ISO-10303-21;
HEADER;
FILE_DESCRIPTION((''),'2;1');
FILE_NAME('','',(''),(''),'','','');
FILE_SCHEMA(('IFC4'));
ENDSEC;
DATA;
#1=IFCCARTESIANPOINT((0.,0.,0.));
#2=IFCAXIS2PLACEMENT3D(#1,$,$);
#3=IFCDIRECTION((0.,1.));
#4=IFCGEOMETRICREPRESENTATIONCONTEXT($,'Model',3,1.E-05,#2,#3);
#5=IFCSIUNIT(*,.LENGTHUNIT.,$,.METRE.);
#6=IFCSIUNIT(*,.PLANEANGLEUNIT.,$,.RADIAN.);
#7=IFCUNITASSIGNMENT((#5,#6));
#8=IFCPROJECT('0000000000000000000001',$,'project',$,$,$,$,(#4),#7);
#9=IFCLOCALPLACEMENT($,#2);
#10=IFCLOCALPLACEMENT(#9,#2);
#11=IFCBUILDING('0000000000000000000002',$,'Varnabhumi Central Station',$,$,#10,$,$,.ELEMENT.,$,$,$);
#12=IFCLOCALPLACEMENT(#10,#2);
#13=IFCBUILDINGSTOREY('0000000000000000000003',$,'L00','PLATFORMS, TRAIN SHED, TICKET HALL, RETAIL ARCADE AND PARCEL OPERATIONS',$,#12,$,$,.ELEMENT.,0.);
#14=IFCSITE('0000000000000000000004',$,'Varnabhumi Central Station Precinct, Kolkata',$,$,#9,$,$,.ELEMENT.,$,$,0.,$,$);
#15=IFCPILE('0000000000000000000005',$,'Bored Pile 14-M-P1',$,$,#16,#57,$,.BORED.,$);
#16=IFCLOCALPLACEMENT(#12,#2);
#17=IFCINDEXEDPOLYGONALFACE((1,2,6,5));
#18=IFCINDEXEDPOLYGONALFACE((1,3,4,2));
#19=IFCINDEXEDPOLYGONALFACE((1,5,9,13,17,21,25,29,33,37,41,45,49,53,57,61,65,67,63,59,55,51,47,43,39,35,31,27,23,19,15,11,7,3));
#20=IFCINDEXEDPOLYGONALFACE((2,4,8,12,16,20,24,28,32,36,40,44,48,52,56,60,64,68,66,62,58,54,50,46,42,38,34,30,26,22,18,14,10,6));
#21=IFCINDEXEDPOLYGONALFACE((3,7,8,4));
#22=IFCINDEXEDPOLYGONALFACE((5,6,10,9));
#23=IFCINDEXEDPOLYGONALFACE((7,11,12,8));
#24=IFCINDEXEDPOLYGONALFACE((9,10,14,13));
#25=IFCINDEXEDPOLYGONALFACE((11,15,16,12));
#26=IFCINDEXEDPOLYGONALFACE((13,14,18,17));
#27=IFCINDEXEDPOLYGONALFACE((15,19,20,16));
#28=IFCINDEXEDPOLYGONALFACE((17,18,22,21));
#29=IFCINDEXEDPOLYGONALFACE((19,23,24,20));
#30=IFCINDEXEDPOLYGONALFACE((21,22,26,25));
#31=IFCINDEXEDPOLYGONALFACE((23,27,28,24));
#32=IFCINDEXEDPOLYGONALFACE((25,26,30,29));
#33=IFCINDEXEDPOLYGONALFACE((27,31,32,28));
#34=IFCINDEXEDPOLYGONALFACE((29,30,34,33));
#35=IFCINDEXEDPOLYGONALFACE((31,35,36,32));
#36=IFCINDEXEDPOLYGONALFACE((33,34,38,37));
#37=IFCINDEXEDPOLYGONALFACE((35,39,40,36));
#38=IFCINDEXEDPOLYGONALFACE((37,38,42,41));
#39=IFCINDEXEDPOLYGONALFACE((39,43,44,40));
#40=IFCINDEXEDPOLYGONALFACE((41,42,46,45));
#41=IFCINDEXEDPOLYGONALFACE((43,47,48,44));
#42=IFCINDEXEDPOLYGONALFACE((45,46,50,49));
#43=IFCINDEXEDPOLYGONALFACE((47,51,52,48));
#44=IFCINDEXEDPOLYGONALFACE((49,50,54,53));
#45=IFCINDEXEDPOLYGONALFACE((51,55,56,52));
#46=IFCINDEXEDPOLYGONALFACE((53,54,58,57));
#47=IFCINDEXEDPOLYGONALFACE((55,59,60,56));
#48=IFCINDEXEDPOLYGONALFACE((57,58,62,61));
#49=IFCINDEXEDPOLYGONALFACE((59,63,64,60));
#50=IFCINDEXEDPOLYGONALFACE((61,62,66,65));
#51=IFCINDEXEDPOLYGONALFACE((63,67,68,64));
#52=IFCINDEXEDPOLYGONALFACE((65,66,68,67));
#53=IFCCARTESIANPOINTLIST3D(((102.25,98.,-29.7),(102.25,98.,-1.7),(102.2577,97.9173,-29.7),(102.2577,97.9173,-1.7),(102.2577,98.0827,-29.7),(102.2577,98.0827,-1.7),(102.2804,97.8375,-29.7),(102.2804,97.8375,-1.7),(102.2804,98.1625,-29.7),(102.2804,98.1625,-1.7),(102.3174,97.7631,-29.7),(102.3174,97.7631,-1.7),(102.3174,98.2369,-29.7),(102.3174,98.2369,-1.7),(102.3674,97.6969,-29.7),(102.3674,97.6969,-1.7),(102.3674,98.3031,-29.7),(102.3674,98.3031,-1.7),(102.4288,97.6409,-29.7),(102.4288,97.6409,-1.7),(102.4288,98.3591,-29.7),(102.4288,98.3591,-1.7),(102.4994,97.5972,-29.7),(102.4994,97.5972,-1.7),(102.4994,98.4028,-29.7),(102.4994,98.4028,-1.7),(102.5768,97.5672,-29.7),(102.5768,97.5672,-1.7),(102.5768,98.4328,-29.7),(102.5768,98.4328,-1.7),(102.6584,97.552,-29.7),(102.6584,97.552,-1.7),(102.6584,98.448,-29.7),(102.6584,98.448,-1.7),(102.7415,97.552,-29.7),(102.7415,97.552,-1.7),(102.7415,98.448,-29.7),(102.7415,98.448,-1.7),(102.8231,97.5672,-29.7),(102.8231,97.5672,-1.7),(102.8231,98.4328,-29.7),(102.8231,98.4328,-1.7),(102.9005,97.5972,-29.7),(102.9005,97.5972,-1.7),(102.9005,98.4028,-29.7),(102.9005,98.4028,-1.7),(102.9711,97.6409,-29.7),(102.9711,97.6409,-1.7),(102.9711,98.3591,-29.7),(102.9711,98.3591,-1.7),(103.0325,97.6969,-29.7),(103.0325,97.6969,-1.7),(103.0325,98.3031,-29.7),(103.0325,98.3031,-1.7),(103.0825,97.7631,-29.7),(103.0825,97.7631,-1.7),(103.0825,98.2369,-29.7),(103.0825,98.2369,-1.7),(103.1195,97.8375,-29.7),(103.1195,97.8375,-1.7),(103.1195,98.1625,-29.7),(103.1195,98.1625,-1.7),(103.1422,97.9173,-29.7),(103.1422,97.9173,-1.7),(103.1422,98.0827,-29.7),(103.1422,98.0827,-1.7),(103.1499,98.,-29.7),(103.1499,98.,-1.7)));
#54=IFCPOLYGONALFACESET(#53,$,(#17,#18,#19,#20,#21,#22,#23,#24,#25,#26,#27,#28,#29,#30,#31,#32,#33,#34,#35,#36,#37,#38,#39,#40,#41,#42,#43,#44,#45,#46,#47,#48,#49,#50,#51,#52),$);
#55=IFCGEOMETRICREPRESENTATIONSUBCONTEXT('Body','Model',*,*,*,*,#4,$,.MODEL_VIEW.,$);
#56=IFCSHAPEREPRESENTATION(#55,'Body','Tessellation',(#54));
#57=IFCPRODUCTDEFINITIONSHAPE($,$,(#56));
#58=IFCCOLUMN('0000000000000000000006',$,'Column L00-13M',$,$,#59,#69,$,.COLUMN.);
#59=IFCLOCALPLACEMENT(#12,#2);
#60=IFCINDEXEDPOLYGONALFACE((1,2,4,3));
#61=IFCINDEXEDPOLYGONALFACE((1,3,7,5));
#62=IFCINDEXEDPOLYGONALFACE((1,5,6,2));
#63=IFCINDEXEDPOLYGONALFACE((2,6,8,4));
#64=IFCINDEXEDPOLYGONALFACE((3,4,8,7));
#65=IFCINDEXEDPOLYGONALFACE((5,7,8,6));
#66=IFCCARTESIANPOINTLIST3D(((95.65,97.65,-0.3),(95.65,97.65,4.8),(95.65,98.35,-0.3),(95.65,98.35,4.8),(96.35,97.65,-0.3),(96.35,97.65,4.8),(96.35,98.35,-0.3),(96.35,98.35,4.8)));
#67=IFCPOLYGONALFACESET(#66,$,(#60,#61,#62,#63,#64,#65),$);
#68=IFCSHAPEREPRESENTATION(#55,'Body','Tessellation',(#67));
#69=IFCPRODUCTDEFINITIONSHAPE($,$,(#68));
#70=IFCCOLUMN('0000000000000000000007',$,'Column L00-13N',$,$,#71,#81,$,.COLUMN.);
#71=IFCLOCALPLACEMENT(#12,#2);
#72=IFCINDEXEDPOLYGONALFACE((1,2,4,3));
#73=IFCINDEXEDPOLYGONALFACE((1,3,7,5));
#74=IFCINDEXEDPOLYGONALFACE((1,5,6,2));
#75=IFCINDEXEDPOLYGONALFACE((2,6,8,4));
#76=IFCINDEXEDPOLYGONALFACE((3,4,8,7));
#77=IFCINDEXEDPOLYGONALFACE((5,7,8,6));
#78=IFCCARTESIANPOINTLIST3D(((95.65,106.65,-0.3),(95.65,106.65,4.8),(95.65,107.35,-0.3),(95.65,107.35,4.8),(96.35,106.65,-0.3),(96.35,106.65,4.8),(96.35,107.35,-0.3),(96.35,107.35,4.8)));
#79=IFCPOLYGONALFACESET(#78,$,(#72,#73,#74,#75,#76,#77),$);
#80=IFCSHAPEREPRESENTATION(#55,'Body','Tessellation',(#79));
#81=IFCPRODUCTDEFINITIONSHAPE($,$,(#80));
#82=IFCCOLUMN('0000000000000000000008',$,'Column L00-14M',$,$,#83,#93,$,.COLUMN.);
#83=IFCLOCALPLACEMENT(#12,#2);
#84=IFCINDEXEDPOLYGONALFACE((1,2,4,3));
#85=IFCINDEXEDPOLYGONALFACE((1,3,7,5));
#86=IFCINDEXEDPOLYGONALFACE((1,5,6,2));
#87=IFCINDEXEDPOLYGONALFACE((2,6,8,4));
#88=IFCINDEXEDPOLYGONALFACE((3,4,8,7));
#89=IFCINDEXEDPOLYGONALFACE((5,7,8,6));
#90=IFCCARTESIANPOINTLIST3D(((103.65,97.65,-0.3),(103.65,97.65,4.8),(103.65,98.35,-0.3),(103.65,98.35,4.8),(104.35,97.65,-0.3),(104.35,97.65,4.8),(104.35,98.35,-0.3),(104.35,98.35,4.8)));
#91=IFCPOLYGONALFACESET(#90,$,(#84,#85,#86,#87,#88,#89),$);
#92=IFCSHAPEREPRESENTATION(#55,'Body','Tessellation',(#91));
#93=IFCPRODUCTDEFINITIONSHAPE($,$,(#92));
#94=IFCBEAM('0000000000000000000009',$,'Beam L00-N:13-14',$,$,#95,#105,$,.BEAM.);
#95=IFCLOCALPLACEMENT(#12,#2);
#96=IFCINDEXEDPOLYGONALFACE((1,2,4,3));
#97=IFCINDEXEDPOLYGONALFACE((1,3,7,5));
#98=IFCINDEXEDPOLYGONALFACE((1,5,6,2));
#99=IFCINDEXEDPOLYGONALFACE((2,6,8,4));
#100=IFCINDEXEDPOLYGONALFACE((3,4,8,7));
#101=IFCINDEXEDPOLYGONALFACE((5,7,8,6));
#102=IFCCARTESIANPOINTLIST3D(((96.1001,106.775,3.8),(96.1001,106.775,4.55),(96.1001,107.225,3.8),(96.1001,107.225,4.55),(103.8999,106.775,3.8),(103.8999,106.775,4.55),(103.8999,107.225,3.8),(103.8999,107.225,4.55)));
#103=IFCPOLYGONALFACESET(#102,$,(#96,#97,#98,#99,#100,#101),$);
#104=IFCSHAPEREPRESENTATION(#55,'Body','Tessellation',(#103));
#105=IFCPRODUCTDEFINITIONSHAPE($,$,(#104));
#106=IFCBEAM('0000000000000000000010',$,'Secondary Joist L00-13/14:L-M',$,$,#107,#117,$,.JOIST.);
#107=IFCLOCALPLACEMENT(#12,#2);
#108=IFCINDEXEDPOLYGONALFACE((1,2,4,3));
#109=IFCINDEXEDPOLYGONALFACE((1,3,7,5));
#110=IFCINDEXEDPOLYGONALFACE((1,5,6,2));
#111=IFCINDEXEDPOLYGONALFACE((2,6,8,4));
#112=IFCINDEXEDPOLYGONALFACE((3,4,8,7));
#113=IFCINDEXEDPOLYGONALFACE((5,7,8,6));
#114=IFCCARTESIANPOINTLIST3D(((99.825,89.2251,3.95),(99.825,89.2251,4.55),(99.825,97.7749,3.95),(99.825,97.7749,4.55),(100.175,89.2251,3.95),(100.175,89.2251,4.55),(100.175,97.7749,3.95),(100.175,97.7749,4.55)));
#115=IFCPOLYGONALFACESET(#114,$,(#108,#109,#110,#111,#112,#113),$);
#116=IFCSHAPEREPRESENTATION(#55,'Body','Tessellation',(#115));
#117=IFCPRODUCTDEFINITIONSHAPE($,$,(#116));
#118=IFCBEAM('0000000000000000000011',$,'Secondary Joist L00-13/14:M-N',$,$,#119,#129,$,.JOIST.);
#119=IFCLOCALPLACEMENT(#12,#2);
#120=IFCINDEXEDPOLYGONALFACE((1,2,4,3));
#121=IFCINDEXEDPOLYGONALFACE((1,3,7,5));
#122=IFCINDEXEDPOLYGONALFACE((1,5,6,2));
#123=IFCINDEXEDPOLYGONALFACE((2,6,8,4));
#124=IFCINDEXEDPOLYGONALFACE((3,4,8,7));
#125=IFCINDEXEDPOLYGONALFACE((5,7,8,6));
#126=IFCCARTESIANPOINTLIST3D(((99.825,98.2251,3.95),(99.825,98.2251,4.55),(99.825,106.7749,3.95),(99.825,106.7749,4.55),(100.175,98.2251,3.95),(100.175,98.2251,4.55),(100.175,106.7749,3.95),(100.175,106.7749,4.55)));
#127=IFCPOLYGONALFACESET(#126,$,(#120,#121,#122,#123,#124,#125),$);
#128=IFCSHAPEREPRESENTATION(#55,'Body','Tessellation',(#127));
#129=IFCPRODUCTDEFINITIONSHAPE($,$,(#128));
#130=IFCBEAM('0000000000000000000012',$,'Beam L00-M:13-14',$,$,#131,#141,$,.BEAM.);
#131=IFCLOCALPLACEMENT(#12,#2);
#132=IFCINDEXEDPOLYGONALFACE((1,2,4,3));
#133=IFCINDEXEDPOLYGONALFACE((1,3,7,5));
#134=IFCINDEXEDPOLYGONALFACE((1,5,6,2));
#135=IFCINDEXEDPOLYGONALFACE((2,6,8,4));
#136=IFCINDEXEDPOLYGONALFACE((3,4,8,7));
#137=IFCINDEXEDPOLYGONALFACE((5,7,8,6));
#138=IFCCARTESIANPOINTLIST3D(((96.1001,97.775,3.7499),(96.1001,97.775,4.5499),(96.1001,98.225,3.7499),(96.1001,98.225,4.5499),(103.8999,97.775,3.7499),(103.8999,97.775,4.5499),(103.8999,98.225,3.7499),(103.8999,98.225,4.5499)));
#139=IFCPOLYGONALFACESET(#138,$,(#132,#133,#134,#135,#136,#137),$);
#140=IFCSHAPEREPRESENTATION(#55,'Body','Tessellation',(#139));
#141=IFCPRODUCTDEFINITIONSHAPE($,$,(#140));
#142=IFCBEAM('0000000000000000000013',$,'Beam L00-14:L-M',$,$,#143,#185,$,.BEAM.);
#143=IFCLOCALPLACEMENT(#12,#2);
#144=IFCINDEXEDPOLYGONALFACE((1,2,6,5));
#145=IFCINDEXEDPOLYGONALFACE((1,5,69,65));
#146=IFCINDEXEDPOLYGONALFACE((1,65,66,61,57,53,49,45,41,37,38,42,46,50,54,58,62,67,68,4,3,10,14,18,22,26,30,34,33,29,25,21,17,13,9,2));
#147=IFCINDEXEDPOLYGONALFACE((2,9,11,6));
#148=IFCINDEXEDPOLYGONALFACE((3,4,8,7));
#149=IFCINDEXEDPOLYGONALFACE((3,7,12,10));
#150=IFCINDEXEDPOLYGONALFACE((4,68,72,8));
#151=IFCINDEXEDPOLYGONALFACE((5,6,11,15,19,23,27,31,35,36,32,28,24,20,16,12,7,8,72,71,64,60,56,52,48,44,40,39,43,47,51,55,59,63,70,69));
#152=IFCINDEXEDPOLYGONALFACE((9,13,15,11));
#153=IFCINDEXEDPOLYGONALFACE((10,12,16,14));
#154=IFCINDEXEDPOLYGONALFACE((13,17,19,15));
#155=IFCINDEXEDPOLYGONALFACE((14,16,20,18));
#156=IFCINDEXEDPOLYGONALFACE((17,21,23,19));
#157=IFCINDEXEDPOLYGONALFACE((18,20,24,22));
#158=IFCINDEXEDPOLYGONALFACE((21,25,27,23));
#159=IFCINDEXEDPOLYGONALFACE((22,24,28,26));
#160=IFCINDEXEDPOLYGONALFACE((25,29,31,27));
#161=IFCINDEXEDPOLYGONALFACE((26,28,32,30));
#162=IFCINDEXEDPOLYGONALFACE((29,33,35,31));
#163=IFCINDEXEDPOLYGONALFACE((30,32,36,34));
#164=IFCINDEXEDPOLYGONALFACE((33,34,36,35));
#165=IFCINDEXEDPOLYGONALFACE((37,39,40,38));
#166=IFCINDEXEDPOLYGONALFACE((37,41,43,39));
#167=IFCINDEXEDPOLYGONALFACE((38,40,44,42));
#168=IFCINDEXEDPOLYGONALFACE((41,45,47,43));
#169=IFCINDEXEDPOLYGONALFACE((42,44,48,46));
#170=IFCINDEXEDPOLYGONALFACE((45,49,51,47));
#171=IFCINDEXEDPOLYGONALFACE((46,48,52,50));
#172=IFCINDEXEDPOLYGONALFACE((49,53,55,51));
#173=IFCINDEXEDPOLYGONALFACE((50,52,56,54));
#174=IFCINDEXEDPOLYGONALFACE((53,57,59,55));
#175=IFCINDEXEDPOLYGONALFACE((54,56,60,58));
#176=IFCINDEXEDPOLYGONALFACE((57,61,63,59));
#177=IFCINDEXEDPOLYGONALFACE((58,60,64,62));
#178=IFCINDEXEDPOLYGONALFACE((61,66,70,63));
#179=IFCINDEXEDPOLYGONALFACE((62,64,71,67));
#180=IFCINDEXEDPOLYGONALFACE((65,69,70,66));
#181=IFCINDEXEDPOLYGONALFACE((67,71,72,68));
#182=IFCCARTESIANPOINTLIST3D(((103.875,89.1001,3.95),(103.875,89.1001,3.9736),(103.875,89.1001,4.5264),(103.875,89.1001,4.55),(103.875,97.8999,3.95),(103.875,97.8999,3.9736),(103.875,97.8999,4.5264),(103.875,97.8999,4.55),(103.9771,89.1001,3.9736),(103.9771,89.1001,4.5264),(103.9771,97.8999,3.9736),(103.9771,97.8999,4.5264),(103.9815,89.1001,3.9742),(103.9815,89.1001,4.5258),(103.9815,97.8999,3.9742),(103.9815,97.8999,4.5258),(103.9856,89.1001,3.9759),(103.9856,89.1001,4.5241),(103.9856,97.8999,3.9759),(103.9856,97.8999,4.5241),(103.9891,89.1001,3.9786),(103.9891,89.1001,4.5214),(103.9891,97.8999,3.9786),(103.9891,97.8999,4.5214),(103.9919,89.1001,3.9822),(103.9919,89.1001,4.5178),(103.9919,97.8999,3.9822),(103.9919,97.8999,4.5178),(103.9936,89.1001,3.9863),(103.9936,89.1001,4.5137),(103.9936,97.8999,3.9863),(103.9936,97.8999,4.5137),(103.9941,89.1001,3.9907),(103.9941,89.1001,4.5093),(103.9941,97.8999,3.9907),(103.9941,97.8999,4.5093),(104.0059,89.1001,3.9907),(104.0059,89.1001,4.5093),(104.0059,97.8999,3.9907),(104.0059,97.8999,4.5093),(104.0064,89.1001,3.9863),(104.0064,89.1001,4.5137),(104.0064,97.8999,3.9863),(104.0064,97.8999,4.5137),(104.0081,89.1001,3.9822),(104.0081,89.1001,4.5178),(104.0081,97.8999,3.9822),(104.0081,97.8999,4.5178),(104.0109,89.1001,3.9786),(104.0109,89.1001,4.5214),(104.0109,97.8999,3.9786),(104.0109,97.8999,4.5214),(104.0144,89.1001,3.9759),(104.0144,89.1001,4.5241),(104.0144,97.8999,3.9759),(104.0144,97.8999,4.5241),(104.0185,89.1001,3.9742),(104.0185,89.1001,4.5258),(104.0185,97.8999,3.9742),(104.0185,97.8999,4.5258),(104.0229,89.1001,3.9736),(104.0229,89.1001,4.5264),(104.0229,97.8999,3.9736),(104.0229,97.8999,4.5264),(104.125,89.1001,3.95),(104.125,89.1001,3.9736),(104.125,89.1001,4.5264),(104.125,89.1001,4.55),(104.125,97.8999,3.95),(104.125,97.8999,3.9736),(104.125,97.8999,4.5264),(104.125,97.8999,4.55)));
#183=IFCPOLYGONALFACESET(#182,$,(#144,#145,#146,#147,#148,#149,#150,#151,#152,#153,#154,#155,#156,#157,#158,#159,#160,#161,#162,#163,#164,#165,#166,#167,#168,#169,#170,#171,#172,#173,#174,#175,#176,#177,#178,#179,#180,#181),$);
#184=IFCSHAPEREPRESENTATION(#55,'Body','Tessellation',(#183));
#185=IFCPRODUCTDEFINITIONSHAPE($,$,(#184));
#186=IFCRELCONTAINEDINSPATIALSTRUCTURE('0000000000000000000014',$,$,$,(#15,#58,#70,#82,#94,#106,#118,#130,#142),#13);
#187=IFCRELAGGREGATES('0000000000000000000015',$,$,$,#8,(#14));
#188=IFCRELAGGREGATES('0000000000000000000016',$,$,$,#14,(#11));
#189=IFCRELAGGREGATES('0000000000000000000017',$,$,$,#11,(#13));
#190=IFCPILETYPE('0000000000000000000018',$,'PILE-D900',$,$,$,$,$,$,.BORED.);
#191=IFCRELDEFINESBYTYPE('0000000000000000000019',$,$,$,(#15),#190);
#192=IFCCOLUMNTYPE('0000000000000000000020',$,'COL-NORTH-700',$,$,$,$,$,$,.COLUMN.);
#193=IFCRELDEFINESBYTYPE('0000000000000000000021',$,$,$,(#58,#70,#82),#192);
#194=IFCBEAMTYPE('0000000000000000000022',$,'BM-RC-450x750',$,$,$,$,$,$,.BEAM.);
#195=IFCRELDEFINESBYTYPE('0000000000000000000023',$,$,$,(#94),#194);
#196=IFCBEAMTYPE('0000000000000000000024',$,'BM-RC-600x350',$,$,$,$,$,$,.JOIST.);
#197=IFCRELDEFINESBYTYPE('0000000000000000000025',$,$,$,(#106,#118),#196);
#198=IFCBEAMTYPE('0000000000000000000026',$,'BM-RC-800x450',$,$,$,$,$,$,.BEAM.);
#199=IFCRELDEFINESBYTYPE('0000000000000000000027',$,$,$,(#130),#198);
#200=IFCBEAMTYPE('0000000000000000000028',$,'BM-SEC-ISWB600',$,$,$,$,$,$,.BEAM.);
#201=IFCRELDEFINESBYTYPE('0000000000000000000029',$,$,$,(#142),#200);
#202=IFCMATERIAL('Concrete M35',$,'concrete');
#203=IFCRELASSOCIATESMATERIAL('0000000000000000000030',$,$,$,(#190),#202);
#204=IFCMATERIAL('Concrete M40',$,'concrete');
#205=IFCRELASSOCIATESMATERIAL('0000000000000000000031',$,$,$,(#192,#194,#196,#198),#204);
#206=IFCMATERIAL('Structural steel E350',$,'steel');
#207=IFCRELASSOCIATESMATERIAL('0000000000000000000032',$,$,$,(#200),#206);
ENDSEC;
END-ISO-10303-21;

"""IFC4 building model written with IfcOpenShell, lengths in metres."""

from ifc_helpers import new_model, si_unit, direction, frame, origin, origin_2d, place, context, subcontext, project, spatial, rectangle, circle, i_section, extrude, material, material_profile, profile_set, type_object, element, save


model = new_model("IFC4")

# Units and contexts
model_context = context("Model", 3, precision=1e-05, world=origin(), true_north=direction((0.0, 1.0)))
body_context = subcontext(model_context, "Body", "Model", "MODEL_VIEW")
ifc_project = project(units=[si_unit("LENGTHUNIT", "METRE"), si_unit("PLANEANGLEUNIT", "RADIAN")], contexts=[model_context])

# Site, building, storey
site_placement = place(None, origin())
site = spatial("IfcSite", under=ifc_project, at=site_placement, Name="Varnabhumi Central Station Precinct, Kolkata", CompositionType="ELEMENT", RefElevation=0.0)
building_placement = place(site_placement, origin())
building = spatial("IfcBuilding", under=site, at=building_placement, Name="Varnabhumi Central Station", CompositionType="ELEMENT")
storey_placement = place(building_placement, origin())
storey = spatial("IfcBuildingStorey", under=building, at=storey_placement, Name="L00", Description="PLATFORMS, TRAIN SHED, TICKET HALL, RETAIL ARCADE AND PARCEL OPERATIONS", CompositionType="ELEMENT", Elevation=0.0)

# Shared definitions
ifc_material_1 = material(Name="Concrete M40", Category="concrete")

# Pile
ifc_material_2 = material(Name="Concrete M35", Category="concrete")
ifc_material_profile_1 = material_profile(ifc_material_2, circle(Radius=0.45, at=origin_2d()), Name="Concrete M35", Category="concrete")
ifc_profile_set_1 = profile_set([ifc_material_profile_1], Name="Concrete M35")
pile_type_1 = type_object("IfcPileType", Name="PILE-D900", PredefinedType="BORED", material=ifc_profile_set_1)
for number, where, z_axis, x_axis, name in (
    (1, (102.7, 98.0, -1.7), (0.0, 0.0, -1.0), (1.0, 0.0, 0.0), "Bored Pile 14-M-P1"),
):
    element("IfcPile", number, at=place(storey_placement, frame(where, z_axis=z_axis, x_axis=x_axis)), inside=storey, type_object=pile_type_1, Name=name, PredefinedType="BORED", context=body_context, shape_type="SweptSolid", body=[
        extrude(circle(Radius=0.45, at=origin_2d()), origin(), (0.0, 0.0, 1.0), 28.0),
    ])

# Columns
ifc_material_profile_2 = material_profile(ifc_material_1, rectangle(XDim=0.7, YDim=0.7, at=origin_2d()), Name="Concrete M40", Category="concrete")
ifc_profile_set_2 = profile_set([ifc_material_profile_2], Name="Concrete M40")
column_type = type_object("IfcColumnType", Name="COL-NORTH-700", PredefinedType="COLUMN", material=ifc_profile_set_2)
for number, where, z_axis, x_axis, name in (
    (2, (96.0, 98.0, -0.3), (0.0, 0.0, 1.0), (1.0, 0.0, 0.0), "Column L00-13M"),
    (3, (96.0, 107.0, -0.3), (0.0, 0.0, 1.0), (1.0, 0.0, 0.0), "Column L00-13N"),
    (4, (104.0, 98.0, -0.3), (0.0, 0.0, 1.0), (1.0, 0.0, 0.0), "Column L00-14M"),
):
    element("IfcColumn", number, at=place(storey_placement, frame(where, z_axis=z_axis, x_axis=x_axis)), inside=storey, type_object=column_type, Name=name, PredefinedType="COLUMN", context=body_context, shape_type="SweptSolid", body=[
        extrude(rectangle(XDim=0.7, YDim=0.7, at=origin_2d()), origin(), (0.0, 0.0, 1.0), 5.1001),
    ])

# Beams
ifc_material_profile_3 = material_profile(ifc_material_1, rectangle(XDim=0.45, YDim=0.75, at=origin_2d()), Name="Concrete M40", Category="concrete")
ifc_profile_set_3 = profile_set([ifc_material_profile_3], Name="Concrete M40")
beam_type_1 = type_object("IfcBeamType", Name="BM-RC-450x750", PredefinedType="BEAM", material=ifc_profile_set_3)
beam_1_placement = place(storey_placement, frame((96.1001, 107.0, 4.175), z_axis=(1.0, 0.0, 0.0), x_axis=(0.0, 1.0, 0.0)))
element("IfcBeam", 5, at=beam_1_placement, inside=storey, type_object=beam_type_1, Name="Beam L00-N:13-14", PredefinedType="BEAM", context=body_context, shape_type="SweptSolid", body=[
    extrude(rectangle(XDim=0.45, YDim=0.75, at=origin_2d()), origin(), (0.0, 0.0, 1.0), 7.7998),
])
ifc_material_profile_4 = material_profile(ifc_material_1, rectangle(XDim=0.3501, YDim=0.6001, at=origin_2d()), Name="Concrete M40", Category="concrete")
ifc_profile_set_4 = profile_set([ifc_material_profile_4], Name="Concrete M40")
beam_type_2 = type_object("IfcBeamType", Name="BM-RC-600x350", PredefinedType="JOIST", material=ifc_profile_set_4)
for number, where, z_axis, x_axis, name in (
    (6, (100.0, 89.2251, 4.25), (0.0, 1.0, 0.0), (-1.0, 0.0, 0.0), "Secondary Joist L00-13/14:L-M"),
    (7, (100.0, 98.2251, 4.25), (0.0, 1.0, 0.0), (-1.0, 0.0, 0.0), "Secondary Joist L00-13/14:M-N"),
):
    element("IfcBeam", number, at=place(storey_placement, frame(where, z_axis=z_axis, x_axis=x_axis)), inside=storey, type_object=beam_type_2, Name=name, PredefinedType="JOIST", context=body_context, shape_type="SweptSolid", body=[
        extrude(rectangle(XDim=0.3501, YDim=0.6001, at=origin_2d()), origin(), (0.0, 0.0, 1.0), 8.5498),
    ])
ifc_material_profile_5 = material_profile(ifc_material_1, rectangle(XDim=0.45, YDim=0.8, at=origin_2d()), Name="Concrete M40", Category="concrete")
ifc_profile_set_5 = profile_set([ifc_material_profile_5], Name="Concrete M40")
beam_type_3 = type_object("IfcBeamType", Name="BM-RC-800x450", PredefinedType="BEAM", material=ifc_profile_set_5)
beam_2_placement = place(storey_placement, frame((96.1001, 98.0, 4.1499), z_axis=(1.0, 0.0, 0.0), x_axis=(0.0, 1.0, 0.0)))
element("IfcBeam", 8, at=beam_2_placement, inside=storey, type_object=beam_type_3, Name="Beam L00-M:13-14", PredefinedType="BEAM", context=body_context, shape_type="SweptSolid", body=[
    extrude(rectangle(XDim=0.45, YDim=0.8, at=origin_2d()), origin(), (0.0, 0.0, 1.0), 7.7998),
])
ifc_material_3 = material(Name="Structural steel E350", Category="steel")
ifc_material_profile_6 = material_profile(ifc_material_3, i_section(OverallWidth=0.25, OverallDepth=0.6001, WebThickness=0.0117, FlangeThickness=0.0237, FilletRadius=0.0171, at=origin_2d()), Name="Structural steel E350", Category="steel")
ifc_profile_set_6 = profile_set([ifc_material_profile_6], Name="Structural steel E350")
beam_type_4 = type_object("IfcBeamType", Name="BM-SEC-ISWB600", PredefinedType="BEAM", material=ifc_profile_set_6)
for number, where, z_axis, x_axis, name in (
    (9, (104.0, 89.1001, 4.25), (0.0, 1.0, 0.0), (-1.0, 0.0, 0.0), "Beam L00-14:L-M"),
):
    element("IfcBeam", number, at=place(storey_placement, frame(where, z_axis=z_axis, x_axis=x_axis)), inside=storey, type_object=beam_type_4, Name=name, PredefinedType="BEAM", context=body_context, shape_type="SweptSolid", body=[
        extrude(i_section(OverallWidth=0.25, OverallDepth=0.6001, WebThickness=0.0117, FlangeThickness=0.0237, FilletRadius=0.0171, at=origin_2d()), origin(), (0.0, 0.0, 1.0), 8.7998),
    ])

save(model, "model.ifc")
